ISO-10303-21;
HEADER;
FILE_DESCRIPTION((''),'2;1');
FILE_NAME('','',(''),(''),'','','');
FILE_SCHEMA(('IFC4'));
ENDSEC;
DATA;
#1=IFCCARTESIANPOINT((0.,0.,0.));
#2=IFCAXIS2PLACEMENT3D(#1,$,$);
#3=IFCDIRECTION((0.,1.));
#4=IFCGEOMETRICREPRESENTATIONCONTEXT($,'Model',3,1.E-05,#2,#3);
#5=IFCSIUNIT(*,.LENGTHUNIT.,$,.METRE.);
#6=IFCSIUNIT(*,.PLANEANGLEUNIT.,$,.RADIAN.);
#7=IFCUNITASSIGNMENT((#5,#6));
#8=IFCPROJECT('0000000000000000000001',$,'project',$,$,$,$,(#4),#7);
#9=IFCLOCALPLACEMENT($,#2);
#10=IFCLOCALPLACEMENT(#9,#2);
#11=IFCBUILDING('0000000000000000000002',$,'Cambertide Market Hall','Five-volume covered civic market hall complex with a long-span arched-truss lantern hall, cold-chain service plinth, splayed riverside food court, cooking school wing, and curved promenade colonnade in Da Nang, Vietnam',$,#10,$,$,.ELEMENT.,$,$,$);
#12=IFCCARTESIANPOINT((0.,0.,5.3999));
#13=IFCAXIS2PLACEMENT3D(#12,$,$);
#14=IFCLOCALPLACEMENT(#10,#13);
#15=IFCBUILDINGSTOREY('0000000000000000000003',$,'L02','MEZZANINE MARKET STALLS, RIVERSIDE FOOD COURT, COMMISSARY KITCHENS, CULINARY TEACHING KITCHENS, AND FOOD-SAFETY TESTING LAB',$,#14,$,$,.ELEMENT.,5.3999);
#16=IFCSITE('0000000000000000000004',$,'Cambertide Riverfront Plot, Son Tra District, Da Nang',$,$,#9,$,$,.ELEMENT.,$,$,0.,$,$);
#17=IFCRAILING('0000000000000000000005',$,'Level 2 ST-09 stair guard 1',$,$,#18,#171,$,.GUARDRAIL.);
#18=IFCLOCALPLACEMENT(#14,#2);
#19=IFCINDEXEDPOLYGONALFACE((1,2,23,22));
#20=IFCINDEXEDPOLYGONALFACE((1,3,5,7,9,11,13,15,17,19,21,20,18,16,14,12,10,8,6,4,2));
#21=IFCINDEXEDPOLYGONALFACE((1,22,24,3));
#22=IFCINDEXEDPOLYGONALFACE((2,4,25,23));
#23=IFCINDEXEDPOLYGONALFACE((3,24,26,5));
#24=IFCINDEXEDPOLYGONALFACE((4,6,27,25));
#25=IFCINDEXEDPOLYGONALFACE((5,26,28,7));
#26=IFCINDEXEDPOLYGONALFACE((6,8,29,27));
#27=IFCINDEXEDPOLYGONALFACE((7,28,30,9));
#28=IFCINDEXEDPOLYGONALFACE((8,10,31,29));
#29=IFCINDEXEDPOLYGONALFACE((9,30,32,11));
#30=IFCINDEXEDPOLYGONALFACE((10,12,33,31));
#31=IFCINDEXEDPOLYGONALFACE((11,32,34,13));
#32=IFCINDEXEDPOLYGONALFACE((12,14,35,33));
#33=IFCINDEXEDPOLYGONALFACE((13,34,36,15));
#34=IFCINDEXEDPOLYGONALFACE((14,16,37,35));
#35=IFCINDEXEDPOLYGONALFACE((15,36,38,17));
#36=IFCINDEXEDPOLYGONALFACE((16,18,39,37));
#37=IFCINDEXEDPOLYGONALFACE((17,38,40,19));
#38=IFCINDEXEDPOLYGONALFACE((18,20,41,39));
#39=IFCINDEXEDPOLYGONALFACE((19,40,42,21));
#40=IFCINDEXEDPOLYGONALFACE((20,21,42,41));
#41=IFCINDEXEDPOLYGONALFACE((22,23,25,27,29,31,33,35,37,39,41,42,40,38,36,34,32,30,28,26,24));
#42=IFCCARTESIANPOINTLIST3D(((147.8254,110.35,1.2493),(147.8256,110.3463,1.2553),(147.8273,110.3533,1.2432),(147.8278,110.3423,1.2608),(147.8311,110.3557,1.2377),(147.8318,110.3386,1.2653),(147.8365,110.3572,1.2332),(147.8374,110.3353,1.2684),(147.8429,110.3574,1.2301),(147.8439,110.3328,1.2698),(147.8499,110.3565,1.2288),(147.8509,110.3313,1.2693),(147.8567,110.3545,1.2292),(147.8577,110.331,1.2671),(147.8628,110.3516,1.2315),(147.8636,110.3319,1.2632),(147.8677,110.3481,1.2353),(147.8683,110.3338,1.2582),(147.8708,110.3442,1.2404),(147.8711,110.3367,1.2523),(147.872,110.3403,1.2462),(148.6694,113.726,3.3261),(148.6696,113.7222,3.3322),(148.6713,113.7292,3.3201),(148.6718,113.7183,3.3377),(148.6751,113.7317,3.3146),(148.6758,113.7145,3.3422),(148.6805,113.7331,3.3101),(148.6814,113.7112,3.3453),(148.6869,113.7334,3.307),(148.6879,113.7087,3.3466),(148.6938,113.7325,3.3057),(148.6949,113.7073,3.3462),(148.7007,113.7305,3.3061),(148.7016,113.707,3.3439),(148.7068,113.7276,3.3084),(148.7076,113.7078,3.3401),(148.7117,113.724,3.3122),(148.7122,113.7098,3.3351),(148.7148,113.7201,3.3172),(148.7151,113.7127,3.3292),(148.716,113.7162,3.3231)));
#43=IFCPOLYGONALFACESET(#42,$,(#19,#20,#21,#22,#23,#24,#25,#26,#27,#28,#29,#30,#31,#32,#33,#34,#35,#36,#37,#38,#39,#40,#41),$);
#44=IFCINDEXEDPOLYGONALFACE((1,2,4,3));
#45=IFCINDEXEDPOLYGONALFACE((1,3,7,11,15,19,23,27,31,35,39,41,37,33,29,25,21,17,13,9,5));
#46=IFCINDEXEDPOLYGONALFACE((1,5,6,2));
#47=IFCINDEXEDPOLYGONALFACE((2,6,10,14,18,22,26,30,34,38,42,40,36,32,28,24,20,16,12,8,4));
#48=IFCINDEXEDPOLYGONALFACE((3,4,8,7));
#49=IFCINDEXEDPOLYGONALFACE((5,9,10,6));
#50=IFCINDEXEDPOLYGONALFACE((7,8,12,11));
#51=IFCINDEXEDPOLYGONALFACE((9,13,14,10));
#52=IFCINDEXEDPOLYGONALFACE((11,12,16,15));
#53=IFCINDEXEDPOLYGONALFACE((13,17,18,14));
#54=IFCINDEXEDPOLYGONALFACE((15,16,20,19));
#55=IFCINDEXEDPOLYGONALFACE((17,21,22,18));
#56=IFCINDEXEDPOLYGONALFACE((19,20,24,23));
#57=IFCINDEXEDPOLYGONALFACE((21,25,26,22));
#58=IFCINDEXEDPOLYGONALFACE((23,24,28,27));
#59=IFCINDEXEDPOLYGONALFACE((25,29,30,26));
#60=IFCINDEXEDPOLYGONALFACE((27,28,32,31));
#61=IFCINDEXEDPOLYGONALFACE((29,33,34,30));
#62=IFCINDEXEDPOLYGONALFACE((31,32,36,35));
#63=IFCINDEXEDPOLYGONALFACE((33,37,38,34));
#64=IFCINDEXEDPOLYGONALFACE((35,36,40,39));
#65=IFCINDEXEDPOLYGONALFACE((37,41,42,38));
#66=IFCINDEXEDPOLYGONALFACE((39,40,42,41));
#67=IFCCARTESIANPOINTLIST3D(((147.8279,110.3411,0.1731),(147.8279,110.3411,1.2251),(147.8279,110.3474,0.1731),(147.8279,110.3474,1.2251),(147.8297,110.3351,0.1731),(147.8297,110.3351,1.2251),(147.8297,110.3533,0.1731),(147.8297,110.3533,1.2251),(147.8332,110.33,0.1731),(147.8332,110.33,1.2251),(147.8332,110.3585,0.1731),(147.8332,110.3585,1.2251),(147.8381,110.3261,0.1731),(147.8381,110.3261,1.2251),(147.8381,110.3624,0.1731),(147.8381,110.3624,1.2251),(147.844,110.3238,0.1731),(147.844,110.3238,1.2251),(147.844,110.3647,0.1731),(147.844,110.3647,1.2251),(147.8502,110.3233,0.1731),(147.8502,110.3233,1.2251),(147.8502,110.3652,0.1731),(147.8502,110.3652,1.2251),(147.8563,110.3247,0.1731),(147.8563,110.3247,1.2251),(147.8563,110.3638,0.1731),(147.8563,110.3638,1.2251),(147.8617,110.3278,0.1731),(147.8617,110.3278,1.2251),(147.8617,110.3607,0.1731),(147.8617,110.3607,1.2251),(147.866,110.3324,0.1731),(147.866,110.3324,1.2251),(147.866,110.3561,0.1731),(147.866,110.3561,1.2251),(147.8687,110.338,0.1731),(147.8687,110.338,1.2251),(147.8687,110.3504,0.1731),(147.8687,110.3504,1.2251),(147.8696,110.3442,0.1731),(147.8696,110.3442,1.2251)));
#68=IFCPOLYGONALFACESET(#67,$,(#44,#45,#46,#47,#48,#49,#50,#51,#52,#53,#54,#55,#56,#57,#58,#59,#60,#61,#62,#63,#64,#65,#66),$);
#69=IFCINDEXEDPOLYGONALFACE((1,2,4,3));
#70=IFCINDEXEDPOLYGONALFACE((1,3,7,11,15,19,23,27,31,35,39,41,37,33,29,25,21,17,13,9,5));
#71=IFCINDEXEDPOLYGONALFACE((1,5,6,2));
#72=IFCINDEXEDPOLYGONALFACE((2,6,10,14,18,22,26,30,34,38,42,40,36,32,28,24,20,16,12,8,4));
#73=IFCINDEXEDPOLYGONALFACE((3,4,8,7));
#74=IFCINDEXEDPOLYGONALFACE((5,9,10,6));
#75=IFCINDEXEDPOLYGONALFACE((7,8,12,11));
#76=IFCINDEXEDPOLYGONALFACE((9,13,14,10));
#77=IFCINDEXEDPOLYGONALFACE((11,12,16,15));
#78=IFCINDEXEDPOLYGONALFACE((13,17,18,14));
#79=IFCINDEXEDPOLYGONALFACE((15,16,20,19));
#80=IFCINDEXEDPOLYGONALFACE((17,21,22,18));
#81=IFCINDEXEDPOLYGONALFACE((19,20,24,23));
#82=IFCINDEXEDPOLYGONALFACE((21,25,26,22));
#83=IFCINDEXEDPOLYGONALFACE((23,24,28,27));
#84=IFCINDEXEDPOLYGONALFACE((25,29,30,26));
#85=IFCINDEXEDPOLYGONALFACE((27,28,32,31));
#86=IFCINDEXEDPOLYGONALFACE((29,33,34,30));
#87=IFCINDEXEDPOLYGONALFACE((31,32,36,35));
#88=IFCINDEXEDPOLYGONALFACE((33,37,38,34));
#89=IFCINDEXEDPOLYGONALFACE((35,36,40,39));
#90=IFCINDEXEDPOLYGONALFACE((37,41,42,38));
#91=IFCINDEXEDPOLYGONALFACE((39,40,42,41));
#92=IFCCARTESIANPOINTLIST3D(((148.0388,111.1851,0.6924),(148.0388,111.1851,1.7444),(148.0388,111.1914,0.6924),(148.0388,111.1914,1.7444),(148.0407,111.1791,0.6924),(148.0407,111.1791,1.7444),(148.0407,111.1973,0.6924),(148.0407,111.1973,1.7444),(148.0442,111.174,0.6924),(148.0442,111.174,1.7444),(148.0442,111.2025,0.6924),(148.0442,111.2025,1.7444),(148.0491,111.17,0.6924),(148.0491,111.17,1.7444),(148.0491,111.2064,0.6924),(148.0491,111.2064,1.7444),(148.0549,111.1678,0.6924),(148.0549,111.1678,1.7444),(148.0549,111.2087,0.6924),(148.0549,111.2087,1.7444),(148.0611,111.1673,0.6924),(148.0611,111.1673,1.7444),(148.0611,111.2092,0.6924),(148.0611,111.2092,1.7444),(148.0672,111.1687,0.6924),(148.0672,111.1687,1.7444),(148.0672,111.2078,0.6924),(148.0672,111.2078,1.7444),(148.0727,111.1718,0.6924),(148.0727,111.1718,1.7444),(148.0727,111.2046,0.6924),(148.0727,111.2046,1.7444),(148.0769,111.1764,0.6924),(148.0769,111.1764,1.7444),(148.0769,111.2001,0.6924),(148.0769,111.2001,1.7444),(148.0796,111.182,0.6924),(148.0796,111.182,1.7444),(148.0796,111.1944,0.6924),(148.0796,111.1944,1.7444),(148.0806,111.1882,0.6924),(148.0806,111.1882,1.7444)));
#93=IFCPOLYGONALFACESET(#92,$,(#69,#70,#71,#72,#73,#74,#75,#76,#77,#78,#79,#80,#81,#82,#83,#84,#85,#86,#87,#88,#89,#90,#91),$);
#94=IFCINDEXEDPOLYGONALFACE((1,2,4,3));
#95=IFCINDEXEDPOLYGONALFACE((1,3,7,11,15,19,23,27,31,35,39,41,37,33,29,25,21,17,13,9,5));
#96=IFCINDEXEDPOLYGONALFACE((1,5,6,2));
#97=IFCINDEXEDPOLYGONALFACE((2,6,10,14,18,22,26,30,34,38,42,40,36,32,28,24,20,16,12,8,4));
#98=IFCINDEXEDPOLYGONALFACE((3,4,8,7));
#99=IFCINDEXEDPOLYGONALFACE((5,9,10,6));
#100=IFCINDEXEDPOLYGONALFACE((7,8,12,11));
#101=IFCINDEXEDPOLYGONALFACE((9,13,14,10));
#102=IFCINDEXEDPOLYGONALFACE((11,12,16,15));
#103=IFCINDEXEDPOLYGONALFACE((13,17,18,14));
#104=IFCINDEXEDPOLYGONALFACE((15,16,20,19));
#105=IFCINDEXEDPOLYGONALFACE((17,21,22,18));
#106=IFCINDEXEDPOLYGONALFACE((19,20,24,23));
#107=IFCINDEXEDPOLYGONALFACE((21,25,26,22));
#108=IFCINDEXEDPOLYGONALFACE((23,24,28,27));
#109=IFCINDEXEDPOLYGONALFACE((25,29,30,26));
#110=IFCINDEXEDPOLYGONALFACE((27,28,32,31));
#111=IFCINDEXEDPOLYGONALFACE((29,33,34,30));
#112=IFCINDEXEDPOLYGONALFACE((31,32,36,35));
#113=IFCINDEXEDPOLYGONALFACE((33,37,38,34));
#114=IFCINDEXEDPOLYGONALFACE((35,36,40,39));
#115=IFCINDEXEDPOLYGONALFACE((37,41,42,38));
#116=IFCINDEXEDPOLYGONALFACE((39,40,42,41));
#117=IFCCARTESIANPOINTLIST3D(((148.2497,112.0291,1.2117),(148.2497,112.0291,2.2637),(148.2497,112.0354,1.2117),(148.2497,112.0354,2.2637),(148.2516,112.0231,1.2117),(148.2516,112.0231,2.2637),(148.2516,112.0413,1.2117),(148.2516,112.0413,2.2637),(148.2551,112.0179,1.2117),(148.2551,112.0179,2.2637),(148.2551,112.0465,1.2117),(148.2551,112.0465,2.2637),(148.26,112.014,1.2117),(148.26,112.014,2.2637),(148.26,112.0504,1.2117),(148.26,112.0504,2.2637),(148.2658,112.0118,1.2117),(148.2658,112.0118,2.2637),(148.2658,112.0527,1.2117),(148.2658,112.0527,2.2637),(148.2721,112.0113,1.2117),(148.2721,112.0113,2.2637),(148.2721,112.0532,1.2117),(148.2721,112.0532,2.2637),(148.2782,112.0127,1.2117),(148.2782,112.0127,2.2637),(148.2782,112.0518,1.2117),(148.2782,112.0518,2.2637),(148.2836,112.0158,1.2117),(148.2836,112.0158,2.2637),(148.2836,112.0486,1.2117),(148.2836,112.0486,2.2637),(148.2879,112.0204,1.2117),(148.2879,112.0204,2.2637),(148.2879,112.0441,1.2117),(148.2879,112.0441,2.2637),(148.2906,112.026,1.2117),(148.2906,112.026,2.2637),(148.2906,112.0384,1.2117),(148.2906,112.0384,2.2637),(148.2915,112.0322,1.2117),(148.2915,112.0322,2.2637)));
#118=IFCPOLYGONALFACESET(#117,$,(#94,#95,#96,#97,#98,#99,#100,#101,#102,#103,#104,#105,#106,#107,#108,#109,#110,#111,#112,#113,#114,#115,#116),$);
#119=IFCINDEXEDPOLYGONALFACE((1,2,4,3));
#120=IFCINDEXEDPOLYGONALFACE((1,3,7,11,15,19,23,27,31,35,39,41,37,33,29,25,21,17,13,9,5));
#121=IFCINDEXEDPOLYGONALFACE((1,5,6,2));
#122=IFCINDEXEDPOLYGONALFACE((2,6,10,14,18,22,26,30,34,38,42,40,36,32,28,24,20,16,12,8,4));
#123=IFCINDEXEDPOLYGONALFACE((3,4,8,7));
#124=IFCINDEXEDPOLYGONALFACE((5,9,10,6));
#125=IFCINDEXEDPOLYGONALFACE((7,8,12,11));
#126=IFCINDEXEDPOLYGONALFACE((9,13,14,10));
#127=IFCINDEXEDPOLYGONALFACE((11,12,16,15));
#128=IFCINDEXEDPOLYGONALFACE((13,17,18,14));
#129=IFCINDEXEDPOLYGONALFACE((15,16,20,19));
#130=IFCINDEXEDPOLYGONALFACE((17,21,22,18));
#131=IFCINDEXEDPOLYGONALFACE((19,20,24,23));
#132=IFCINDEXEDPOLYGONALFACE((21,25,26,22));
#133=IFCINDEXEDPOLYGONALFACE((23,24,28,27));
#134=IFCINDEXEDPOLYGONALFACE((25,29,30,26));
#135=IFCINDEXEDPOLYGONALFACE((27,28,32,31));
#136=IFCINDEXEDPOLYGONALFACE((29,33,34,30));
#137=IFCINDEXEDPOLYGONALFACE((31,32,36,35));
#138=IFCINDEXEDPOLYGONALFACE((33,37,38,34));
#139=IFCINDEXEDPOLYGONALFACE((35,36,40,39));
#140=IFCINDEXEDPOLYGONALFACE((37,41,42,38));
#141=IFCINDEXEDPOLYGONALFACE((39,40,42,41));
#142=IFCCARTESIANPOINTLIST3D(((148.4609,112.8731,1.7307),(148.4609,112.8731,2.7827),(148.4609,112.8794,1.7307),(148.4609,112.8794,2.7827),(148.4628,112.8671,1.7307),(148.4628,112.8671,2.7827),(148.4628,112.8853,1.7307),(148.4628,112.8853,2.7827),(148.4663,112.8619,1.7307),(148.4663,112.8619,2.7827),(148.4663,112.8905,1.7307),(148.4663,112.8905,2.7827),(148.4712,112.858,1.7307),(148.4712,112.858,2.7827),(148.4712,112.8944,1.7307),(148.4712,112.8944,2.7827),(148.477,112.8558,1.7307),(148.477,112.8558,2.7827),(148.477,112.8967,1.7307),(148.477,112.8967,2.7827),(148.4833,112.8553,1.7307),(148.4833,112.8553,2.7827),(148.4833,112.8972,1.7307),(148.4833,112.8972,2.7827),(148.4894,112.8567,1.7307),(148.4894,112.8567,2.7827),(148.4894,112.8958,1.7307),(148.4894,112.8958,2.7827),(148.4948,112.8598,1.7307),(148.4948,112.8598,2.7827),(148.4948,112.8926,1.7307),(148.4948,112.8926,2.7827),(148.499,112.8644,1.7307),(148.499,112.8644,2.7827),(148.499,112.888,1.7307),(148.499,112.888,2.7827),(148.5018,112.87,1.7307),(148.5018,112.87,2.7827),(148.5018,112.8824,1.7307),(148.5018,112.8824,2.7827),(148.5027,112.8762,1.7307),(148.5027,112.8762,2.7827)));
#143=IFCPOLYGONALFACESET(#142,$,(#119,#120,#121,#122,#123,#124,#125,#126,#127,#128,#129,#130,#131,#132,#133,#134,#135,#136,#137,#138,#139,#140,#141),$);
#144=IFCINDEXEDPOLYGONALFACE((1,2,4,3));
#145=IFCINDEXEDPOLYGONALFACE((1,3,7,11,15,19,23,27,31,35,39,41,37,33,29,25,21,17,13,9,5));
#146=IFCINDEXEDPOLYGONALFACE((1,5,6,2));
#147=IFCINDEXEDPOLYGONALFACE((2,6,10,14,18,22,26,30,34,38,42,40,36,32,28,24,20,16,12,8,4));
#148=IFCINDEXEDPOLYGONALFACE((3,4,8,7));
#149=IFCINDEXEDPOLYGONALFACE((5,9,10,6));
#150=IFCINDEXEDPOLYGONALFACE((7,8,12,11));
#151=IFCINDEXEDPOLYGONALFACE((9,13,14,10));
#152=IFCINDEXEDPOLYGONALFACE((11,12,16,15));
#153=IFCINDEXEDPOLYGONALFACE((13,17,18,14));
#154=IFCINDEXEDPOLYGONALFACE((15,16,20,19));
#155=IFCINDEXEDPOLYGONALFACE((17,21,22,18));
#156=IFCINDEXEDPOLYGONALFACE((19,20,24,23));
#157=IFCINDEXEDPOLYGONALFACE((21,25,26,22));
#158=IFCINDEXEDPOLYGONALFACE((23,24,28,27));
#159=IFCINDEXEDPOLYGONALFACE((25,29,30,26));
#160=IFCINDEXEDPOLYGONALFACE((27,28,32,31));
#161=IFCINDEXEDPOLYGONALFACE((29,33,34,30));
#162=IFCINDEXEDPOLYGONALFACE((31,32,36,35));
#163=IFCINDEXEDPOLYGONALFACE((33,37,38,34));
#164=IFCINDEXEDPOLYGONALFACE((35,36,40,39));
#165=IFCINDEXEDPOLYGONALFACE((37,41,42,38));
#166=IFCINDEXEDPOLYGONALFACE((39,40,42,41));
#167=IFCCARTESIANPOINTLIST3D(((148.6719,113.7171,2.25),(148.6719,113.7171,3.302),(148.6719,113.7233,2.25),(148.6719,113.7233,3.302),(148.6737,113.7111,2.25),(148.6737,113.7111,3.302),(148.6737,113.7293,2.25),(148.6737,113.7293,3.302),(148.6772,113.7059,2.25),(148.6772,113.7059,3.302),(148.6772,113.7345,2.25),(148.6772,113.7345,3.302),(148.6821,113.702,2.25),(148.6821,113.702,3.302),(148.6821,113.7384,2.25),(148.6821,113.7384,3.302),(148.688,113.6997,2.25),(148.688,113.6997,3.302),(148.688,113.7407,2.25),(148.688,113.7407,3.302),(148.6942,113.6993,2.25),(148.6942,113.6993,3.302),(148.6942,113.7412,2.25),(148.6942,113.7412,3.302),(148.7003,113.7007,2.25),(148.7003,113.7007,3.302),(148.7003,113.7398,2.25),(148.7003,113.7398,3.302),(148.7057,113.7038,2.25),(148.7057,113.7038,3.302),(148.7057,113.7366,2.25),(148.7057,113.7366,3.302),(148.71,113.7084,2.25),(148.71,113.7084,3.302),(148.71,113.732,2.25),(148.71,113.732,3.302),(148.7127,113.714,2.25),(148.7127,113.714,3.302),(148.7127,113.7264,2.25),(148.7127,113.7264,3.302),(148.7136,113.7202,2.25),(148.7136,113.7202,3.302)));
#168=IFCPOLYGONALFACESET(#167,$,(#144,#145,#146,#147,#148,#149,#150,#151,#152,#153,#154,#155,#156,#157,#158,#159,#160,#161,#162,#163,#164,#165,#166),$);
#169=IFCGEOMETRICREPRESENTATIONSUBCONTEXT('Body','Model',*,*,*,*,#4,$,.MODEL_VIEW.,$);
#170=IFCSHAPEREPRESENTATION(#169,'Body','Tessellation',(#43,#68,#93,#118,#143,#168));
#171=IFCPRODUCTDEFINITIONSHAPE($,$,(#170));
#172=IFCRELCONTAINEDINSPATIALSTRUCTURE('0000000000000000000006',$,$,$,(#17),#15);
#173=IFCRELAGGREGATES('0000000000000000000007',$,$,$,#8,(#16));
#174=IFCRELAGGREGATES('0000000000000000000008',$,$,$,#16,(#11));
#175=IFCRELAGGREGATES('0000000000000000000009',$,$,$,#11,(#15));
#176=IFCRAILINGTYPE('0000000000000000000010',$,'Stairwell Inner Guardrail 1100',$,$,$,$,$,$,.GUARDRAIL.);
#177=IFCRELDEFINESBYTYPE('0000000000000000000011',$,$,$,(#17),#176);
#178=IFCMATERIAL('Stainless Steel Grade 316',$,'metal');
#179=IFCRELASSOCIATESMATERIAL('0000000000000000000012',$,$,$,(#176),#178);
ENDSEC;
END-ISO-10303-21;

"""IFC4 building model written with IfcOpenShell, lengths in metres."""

from ifc_helpers import new_model, si_unit, direction, frame, origin, origin_2d, place, context, subcontext, project, spatial, circle, extrude, material, type_object, element, save


model = new_model("IFC4")

# Units and contexts
model_context = context("Model", 3, precision=1e-05, world=origin(), true_north=direction((0.0, 1.0)))
body_context = subcontext(model_context, "Body", "Model", "MODEL_VIEW")
ifc_project = project(units=[si_unit("LENGTHUNIT", "METRE"), si_unit("PLANEANGLEUNIT", "RADIAN")], contexts=[model_context])

# Site, building, storey
site_placement = place(None, origin())
site = spatial("IfcSite", under=ifc_project, at=site_placement, Name="Cambertide Riverfront Plot, Son Tra District, Da Nang", CompositionType="ELEMENT", RefElevation=0.0)
building_placement = place(site_placement, origin())
building = spatial("IfcBuilding", under=site, at=building_placement, Name="Cambertide Market Hall", Description="Five-volume covered civic market hall complex with a long-span arched-truss lantern hall, cold-chain service plinth, splayed riverside food court, cooking school wing, and curved promenade colonnade in Da Nang, Vietnam", CompositionType="ELEMENT")
storey_placement = place(building_placement, frame((0.0, 0.0, 5.3999)))
storey = spatial("IfcBuildingStorey", under=building, at=storey_placement, Name="L02", Description="MEZZANINE MARKET STALLS, RIVERSIDE FOOD COURT, COMMISSARY KITCHENS, CULINARY TEACHING KITCHENS, AND FOOD-SAFETY TESTING LAB", CompositionType="ELEMENT", Elevation=5.3999)

# Railing
ifc_material_1 = material(Name="Stainless Steel Grade 316", Category="metal")
railing_type_1 = type_object("IfcRailingType", Name="Stairwell Inner Guardrail 1100", PredefinedType="GUARDRAIL", material=ifc_material_1)
railing_1_placement = place(storey_placement, frame((147.8486, 110.3442, 0.1731)))
element("IfcRailing", 1, at=railing_1_placement, inside=storey, type_object=railing_type_1, Name="Level 2 ST-09 stair guard 1", PredefinedType="GUARDRAIL", context=body_context, shape_type="SweptSolid", body=[
    extrude(circle(Radius=0.0239, at=origin_2d()), frame((0.0, 0.0, 1.0762), z_axis=(0.208263, 0.833052, 0.512495), x_axis=(-0.970143, 0.242536, 0.0)), (0.0, 0.0, 1.0), 4.0525),
    extrude(circle(Radius=0.021, at=origin_2d()), origin(), (0.0, 0.0, 1.0), 1.052),
    extrude(circle(Radius=0.021, at=origin_2d()), frame((0.2109, 0.844, 0.5193)), (0.0, 0.0, 1.0), 1.052),
    extrude(circle(Radius=0.021, at=origin_2d()), frame((0.4219, 1.688, 1.0386)), (0.0, 0.0, 1.0), 1.052),
    extrude(circle(Radius=0.021, at=origin_2d()), frame((0.6331, 2.532, 1.5576)), (0.0, 0.0, 1.0), 1.052),
    extrude(circle(Radius=0.021, at=origin_2d()), frame((0.844, 3.376, 2.0769)), (0.0, 0.0, 1.0), 1.052),
])

save(model, "model.ifc")
